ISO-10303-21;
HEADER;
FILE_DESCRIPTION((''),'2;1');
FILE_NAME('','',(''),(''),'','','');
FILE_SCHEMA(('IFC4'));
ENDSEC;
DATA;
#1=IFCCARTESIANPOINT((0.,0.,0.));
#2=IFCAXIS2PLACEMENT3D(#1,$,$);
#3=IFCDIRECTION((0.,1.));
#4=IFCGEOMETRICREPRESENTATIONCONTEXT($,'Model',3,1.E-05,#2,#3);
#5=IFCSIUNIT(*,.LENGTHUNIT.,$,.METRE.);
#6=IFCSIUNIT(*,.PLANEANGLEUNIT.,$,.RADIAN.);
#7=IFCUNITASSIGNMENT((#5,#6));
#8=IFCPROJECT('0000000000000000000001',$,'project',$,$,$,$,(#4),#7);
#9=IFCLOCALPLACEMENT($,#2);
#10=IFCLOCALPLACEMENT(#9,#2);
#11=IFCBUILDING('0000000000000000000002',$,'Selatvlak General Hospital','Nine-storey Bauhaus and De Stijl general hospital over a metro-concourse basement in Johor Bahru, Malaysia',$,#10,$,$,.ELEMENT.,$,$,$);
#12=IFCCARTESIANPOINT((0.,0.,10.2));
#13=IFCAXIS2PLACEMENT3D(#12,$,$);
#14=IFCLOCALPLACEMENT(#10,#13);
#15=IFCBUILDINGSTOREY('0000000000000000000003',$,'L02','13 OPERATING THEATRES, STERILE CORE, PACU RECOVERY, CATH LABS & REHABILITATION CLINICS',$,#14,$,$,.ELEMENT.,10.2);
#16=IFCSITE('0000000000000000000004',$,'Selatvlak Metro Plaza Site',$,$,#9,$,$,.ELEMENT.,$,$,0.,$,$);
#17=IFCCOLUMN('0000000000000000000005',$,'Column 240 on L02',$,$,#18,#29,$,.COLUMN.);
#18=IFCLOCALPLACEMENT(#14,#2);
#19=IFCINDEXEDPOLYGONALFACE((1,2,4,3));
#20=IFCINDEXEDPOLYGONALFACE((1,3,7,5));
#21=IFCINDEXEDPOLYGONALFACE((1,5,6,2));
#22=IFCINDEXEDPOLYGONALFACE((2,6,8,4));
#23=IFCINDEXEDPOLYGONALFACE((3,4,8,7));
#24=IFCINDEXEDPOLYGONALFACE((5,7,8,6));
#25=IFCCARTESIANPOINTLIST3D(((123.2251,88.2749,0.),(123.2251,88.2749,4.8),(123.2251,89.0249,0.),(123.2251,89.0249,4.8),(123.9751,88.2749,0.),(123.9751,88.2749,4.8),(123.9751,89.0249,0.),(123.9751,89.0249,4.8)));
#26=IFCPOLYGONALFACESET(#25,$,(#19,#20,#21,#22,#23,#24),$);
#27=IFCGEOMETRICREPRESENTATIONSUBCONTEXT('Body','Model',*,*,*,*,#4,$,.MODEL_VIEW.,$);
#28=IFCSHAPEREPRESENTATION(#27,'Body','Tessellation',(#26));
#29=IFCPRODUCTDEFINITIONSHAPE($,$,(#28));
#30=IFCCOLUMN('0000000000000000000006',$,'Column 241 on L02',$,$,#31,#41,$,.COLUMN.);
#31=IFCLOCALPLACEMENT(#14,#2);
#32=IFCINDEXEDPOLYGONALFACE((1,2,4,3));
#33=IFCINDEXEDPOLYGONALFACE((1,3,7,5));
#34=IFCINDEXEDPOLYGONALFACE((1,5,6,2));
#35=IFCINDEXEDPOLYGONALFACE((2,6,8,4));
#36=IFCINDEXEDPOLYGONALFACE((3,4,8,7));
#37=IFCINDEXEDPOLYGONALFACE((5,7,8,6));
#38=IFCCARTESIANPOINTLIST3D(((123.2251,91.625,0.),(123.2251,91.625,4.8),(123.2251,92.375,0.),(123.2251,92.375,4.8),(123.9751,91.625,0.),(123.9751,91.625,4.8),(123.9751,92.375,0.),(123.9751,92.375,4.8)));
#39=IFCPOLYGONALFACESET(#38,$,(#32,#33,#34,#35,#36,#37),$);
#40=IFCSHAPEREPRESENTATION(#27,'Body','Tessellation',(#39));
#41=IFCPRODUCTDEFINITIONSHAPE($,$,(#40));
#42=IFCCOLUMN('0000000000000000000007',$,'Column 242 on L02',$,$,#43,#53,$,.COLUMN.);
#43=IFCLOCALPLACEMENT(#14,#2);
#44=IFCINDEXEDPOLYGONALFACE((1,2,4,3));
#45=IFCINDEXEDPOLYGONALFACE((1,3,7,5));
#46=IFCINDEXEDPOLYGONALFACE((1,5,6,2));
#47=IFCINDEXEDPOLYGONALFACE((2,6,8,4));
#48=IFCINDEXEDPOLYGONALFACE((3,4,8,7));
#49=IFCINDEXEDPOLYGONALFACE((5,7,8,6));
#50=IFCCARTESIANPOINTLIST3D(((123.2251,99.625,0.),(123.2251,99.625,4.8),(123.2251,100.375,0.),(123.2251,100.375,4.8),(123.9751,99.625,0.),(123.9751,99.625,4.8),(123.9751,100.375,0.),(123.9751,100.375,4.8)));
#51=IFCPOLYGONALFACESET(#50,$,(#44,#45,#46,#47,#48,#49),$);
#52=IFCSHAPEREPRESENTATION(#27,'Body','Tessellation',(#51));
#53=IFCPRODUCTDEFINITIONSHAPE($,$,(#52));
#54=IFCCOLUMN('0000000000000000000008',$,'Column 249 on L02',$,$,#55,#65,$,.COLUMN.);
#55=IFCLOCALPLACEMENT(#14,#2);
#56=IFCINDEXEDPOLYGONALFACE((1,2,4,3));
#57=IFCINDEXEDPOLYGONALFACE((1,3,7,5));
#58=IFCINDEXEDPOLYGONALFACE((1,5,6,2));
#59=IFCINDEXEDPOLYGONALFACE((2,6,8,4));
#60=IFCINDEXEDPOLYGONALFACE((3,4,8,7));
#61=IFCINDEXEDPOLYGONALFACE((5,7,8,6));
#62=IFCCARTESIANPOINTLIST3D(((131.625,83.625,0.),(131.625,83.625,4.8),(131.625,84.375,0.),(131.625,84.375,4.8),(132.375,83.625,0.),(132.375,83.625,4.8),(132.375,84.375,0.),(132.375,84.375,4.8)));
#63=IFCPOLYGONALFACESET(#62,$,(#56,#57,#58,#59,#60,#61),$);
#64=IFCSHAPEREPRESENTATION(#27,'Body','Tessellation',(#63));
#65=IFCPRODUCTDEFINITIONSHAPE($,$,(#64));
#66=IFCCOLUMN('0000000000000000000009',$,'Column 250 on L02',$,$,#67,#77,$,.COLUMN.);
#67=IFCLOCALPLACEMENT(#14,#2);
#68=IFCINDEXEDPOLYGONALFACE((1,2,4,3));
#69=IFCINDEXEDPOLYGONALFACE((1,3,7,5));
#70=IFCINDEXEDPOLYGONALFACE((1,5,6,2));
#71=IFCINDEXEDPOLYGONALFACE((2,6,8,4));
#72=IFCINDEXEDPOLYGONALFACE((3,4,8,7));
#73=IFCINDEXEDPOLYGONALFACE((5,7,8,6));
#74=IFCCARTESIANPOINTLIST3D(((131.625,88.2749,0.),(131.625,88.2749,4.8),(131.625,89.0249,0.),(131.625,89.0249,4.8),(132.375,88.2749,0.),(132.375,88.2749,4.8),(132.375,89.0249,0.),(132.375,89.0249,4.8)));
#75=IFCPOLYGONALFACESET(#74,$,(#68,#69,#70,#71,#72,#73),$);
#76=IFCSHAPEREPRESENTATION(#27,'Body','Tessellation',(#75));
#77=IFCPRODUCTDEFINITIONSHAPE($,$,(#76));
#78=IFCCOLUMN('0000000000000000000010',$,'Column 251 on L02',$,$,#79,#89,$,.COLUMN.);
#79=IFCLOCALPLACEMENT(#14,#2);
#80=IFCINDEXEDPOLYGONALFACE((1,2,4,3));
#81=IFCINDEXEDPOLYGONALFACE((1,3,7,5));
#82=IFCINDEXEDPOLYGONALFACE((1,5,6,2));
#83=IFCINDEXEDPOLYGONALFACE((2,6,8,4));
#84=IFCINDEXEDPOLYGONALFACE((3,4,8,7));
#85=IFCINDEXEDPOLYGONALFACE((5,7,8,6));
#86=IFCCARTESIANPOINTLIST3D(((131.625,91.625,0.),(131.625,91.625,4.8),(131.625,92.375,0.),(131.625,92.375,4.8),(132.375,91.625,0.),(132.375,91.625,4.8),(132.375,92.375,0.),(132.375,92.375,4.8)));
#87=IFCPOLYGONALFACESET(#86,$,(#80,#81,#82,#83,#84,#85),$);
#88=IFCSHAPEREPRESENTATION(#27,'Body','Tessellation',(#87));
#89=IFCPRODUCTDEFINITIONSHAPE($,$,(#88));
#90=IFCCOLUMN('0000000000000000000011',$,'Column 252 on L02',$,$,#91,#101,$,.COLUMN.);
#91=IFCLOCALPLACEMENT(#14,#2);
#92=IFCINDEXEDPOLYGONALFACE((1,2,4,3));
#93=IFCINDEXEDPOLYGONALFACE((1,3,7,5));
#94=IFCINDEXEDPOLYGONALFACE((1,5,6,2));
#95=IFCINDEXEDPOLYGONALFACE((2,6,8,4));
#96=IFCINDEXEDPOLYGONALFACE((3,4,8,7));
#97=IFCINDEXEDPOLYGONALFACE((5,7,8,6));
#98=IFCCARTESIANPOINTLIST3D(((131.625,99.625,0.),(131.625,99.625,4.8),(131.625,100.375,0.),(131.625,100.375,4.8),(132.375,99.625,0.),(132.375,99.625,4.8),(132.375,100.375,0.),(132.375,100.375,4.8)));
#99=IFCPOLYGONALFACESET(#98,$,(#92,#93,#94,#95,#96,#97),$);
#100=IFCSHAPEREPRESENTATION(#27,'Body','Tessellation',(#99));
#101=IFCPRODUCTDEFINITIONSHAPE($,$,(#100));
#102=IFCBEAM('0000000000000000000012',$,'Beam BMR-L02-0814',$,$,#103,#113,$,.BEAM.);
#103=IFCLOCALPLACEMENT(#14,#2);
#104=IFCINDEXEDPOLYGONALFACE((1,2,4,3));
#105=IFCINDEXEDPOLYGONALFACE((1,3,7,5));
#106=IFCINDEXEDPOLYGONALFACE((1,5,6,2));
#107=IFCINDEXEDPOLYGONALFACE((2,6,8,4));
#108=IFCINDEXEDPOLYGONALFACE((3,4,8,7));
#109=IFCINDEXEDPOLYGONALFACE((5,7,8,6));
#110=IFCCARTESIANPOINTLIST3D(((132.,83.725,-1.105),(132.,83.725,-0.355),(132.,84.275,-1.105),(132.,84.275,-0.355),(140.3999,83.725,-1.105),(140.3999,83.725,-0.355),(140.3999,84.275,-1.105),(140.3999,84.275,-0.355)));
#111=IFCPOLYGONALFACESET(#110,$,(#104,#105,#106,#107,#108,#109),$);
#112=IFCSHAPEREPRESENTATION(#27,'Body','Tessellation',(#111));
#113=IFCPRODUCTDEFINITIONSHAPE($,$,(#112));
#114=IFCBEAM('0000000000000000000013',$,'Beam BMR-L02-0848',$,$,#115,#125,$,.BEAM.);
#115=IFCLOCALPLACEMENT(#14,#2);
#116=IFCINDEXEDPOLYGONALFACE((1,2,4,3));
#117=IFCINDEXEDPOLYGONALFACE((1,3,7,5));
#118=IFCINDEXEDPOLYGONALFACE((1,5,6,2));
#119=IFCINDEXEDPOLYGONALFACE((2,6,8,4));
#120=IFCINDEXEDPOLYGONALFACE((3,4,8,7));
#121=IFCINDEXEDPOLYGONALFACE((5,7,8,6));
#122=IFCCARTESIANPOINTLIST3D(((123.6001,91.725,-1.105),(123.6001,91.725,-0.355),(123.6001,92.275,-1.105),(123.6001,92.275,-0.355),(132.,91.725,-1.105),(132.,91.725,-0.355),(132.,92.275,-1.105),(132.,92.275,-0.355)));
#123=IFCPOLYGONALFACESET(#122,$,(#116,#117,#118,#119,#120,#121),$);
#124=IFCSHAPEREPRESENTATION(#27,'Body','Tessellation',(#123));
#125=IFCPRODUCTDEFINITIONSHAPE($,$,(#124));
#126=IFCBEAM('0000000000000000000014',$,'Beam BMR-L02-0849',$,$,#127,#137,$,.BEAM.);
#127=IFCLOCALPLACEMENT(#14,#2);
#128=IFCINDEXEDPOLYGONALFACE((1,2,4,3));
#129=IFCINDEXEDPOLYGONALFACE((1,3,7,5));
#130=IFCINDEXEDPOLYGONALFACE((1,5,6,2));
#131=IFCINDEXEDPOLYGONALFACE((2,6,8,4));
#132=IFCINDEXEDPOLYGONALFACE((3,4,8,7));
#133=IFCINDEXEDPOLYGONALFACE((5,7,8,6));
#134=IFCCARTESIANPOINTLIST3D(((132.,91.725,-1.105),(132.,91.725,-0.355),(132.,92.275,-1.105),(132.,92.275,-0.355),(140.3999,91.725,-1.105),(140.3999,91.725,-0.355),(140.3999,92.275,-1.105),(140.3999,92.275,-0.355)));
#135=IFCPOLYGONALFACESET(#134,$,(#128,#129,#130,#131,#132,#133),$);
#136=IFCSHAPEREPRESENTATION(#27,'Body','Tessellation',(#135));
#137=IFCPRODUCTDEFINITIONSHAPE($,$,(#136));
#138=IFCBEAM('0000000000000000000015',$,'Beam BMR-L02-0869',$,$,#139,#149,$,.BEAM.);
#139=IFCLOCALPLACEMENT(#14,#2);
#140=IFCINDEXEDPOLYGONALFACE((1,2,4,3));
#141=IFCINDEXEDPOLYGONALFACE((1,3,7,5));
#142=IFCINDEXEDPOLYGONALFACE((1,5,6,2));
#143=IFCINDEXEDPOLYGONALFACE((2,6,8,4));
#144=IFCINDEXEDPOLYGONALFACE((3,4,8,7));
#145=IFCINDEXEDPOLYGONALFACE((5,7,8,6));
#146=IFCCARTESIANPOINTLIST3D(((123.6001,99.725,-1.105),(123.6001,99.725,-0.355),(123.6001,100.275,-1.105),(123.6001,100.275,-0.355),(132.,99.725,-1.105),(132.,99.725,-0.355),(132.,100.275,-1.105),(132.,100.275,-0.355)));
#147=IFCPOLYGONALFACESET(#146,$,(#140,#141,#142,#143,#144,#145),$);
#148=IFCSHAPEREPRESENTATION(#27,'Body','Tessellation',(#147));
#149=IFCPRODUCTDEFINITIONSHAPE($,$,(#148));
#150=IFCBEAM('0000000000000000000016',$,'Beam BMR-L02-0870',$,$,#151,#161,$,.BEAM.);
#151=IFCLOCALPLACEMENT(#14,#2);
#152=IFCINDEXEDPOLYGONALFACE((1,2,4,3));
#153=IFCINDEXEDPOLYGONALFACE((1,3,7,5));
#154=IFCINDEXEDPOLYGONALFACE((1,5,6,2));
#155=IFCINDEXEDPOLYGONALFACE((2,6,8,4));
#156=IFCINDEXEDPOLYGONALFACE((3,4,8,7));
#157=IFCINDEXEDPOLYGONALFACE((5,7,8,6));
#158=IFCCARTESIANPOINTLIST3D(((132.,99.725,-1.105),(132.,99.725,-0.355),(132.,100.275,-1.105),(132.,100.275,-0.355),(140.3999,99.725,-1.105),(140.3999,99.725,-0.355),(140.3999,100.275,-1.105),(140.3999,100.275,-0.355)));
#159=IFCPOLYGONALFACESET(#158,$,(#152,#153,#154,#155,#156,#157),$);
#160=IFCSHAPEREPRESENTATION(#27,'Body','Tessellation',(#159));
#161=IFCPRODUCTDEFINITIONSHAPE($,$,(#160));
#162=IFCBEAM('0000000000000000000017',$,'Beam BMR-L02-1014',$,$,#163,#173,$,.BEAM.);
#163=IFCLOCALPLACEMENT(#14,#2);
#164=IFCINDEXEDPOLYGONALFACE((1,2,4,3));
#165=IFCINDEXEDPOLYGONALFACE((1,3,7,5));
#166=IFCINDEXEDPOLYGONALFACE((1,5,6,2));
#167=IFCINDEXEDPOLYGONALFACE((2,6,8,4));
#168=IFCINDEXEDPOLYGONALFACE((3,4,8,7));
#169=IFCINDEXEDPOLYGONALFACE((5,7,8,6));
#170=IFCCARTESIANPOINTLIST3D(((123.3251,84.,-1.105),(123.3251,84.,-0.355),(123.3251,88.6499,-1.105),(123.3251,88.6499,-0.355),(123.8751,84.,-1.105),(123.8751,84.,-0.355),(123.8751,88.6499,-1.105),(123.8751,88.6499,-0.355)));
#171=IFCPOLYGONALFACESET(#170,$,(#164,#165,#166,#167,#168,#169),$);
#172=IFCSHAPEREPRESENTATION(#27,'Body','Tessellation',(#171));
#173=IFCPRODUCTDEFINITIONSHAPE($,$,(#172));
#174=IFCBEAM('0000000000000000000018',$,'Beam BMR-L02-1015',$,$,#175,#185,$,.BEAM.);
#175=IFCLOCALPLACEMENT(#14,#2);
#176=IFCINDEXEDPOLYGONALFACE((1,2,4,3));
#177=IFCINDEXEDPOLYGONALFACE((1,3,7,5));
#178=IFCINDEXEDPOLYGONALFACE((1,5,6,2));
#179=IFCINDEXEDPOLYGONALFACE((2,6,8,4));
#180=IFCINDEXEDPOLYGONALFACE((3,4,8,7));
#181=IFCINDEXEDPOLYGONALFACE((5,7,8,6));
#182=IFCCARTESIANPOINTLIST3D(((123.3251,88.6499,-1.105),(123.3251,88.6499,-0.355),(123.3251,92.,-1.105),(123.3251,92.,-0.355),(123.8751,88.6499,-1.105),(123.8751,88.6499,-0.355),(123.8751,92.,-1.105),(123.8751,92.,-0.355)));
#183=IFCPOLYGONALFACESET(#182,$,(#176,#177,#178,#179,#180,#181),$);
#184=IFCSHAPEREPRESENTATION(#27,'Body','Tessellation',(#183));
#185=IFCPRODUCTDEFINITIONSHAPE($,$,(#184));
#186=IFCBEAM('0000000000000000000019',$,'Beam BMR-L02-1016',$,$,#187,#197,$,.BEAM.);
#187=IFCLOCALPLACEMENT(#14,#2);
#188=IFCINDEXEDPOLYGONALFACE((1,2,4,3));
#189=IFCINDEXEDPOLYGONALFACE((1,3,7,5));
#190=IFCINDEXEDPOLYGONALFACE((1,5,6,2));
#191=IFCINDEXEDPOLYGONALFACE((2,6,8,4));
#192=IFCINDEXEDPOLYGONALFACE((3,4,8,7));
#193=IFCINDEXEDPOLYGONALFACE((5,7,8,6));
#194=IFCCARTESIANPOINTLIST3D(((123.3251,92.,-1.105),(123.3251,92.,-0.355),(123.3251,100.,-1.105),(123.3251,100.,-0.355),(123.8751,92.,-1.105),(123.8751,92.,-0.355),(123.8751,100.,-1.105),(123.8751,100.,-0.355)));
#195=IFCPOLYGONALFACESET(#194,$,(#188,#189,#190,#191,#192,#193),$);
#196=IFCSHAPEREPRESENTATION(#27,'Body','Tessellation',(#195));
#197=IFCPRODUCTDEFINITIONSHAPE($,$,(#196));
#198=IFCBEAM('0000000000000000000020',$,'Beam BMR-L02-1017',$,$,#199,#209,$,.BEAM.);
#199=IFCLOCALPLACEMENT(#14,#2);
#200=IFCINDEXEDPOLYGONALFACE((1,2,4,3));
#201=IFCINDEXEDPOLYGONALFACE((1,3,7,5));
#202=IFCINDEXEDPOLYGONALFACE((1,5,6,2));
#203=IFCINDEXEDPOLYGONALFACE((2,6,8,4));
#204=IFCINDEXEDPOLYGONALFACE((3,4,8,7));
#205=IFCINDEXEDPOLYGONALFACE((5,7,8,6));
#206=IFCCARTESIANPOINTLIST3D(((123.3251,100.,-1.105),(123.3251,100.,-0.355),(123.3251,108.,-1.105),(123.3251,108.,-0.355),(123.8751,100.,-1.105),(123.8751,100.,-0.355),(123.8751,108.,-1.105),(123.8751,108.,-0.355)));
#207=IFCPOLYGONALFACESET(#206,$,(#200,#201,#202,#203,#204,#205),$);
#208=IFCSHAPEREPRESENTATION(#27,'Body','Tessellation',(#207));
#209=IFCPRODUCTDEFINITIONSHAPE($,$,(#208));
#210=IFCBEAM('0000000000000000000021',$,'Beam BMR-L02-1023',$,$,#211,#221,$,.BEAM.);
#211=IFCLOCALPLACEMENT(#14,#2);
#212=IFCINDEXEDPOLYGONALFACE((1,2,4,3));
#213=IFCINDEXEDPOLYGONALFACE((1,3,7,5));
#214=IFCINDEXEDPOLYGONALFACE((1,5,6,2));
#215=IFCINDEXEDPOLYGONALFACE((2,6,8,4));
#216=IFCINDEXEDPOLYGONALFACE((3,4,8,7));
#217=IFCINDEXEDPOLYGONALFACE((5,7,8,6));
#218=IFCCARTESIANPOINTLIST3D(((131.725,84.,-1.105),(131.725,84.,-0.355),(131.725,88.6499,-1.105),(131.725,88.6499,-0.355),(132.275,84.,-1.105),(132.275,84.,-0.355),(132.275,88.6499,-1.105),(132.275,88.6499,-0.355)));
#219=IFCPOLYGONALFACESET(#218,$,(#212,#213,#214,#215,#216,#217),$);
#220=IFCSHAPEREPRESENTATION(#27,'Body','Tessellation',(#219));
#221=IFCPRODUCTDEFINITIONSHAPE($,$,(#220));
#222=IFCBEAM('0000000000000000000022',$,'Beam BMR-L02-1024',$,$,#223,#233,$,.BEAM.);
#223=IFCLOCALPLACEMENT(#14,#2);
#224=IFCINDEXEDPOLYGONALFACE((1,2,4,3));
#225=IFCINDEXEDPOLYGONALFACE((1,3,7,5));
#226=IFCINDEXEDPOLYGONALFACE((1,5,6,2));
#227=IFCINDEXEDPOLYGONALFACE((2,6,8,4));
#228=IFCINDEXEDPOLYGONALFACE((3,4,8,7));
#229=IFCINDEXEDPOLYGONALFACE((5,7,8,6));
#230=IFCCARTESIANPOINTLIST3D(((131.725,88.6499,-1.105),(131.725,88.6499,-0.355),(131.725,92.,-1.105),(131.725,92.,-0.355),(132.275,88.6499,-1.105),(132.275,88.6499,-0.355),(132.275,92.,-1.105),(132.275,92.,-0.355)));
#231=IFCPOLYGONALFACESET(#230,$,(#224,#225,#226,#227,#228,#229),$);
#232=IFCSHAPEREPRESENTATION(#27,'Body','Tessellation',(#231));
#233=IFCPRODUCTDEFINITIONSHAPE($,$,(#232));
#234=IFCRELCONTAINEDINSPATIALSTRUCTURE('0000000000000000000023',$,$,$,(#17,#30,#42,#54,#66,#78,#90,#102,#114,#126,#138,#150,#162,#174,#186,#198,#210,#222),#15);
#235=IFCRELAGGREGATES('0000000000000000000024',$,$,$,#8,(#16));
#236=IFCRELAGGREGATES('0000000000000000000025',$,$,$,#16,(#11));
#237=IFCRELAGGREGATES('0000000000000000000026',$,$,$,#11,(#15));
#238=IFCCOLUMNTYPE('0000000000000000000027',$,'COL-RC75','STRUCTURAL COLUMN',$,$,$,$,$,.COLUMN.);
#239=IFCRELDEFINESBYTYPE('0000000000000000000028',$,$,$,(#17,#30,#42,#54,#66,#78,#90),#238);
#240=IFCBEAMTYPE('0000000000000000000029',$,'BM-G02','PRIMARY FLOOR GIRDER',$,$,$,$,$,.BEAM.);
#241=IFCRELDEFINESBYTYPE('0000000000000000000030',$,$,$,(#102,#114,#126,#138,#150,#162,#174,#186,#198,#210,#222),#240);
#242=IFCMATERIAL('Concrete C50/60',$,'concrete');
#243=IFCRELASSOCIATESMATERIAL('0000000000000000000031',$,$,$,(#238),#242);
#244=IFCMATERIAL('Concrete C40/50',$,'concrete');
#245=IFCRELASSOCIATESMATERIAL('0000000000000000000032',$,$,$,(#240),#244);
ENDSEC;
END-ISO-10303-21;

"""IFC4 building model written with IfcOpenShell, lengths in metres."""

from ifc_helpers import new_model, si_unit, direction, frame, origin, origin_2d, place, context, subcontext, project, spatial, rectangle, extrude, material, material_profile, profile_set, type_object, element, save


model = new_model("IFC4")

# Units and contexts
model_context = context("Model", 3, precision=1e-05, world=origin(), true_north=direction((0.0, 1.0)))
body_context = subcontext(model_context, "Body", "Model", "MODEL_VIEW")
ifc_project = project(units=[si_unit("LENGTHUNIT", "METRE"), si_unit("PLANEANGLEUNIT", "RADIAN")], contexts=[model_context])

# Site, building, storey
site_placement = place(None, origin())
site = spatial("IfcSite", under=ifc_project, at=site_placement, Name="Selatvlak Metro Plaza Site", CompositionType="ELEMENT", RefElevation=0.0)
building_placement = place(site_placement, origin())
building = spatial("IfcBuilding", under=site, at=building_placement, Name="Selatvlak General Hospital", Description="Nine-storey Bauhaus and De Stijl general hospital over a metro-concourse basement in Johor Bahru, Malaysia", CompositionType="ELEMENT")
storey_placement = place(building_placement, frame((0.0, 0.0, 10.2)))
storey = spatial("IfcBuildingStorey", under=building, at=storey_placement, Name="L02", Description="13 OPERATING THEATRES, STERILE CORE, PACU RECOVERY, CATH LABS & REHABILITATION CLINICS", CompositionType="ELEMENT", Elevation=10.2)

# Columns
ifc_material_1 = material(Name="Concrete C50/60", Category="concrete")
ifc_material_profile_1 = material_profile(ifc_material_1, rectangle(XDim=0.75, YDim=0.75, at=origin_2d()), Name="RC-COL 750x750")
ifc_profile_set_1 = profile_set([ifc_material_profile_1], Name="Concrete C50/60")
column_type = type_object("IfcColumnType", Name="COL-RC75", Description="STRUCTURAL COLUMN", PredefinedType="COLUMN", material=ifc_profile_set_1)
for number, where, z_axis, x_axis, name in (
    (1, (123.6001, 88.6499, 0.0), (0.0, 0.0, 1.0), (1.0, 0.0, 0.0), "Column 240 on L02"),
    (2, (123.6001, 92.0, 0.0), (0.0, 0.0, 1.0), (1.0, 0.0, 0.0), "Column 241 on L02"),
    (3, (123.6001, 100.0, 0.0), (0.0, 0.0, 1.0), (1.0, 0.0, 0.0), "Column 242 on L02"),
    (4, (132.0, 84.0, 0.0), (0.0, 0.0, 1.0), (1.0, 0.0, 0.0), "Column 249 on L02"),
    (5, (132.0, 88.6499, 0.0), (0.0, 0.0, 1.0), (1.0, 0.0, 0.0), "Column 250 on L02"),
    (6, (132.0, 92.0, 0.0), (0.0, 0.0, 1.0), (1.0, 0.0, 0.0), "Column 251 on L02"),
    (7, (132.0, 100.0, 0.0), (0.0, 0.0, 1.0), (1.0, 0.0, 0.0), "Column 252 on L02"),
):
    element("IfcColumn", number, at=place(storey_placement, frame(where, z_axis=z_axis, x_axis=x_axis)), inside=storey, type_object=column_type, Name=name, PredefinedType="COLUMN", context=body_context, shape_type="SweptSolid", body=[
        extrude(rectangle(XDim=0.75, YDim=0.75, at=origin_2d()), origin(), (0.0, 0.0, 1.0), 4.8),
    ])

# Beams
ifc_material_2 = material(Name="Concrete C40/50", Category="concrete")
ifc_material_profile_2 = material_profile(ifc_material_2, rectangle(XDim=0.55, YDim=0.75, at=origin_2d()), Name="RC-BM 550x750")
ifc_profile_set_2 = profile_set([ifc_material_profile_2], Name="Concrete C40/50")
beam_type_1 = type_object("IfcBeamType", Name="BM-G02", Description="PRIMARY FLOOR GIRDER", PredefinedType="BEAM", material=ifc_profile_set_2)
for number, where, z_axis, x_axis, name in (
    (8, (132.0, 84.0, -0.73), (1.0, 0.0, 0.0), (0.0, 1.0, 0.0), "Beam BMR-L02-0814"),
    (9, (123.6001, 92.0, -0.73), (1.0, 0.0, 0.0), (0.0, 1.0, 0.0), "Beam BMR-L02-0848"),
    (10, (132.0, 92.0, -0.73), (1.0, 0.0, 0.0), (0.0, 1.0, 0.0), "Beam BMR-L02-0849"),
    (11, (123.6001, 100.0, -0.73), (1.0, 0.0, 0.0), (0.0, 1.0, 0.0), "Beam BMR-L02-0869"),
    (12, (132.0, 100.0, -0.73), (1.0, 0.0, 0.0), (0.0, 1.0, 0.0), "Beam BMR-L02-0870"),
):
    element("IfcBeam", number, at=place(storey_placement, frame(where, z_axis=z_axis, x_axis=x_axis)), inside=storey, type_object=beam_type_1, Name=name, PredefinedType="BEAM", context=body_context, shape_type="SweptSolid", body=[
        extrude(rectangle(XDim=0.55, YDim=0.75, at=origin_2d()), origin(), (0.0, 0.0, 1.0), 8.3999),
    ])
beam_1_placement = place(storey_placement, frame((123.6001, 84.0, -0.73), z_axis=(0.0, 1.0, 0.0), x_axis=(-1.0, 0.0, 0.0)))
element("IfcBeam", 13, at=beam_1_placement, inside=storey, type_object=beam_type_1, Name="Beam BMR-L02-1014", PredefinedType="BEAM", context=body_context, shape_type="SweptSolid", body=[
    extrude(rectangle(XDim=0.55, YDim=0.75, at=origin_2d()), origin(), (0.0, 0.0, 1.0), 4.6499),
])
beam_2_placement = place(storey_placement, frame((123.6001, 88.6499, -0.73), z_axis=(0.0, 1.0, 0.0), x_axis=(-1.0, 0.0, 0.0)))
element("IfcBeam", 14, at=beam_2_placement, inside=storey, type_object=beam_type_1, Name="Beam BMR-L02-1015", PredefinedType="BEAM", context=body_context, shape_type="SweptSolid", body=[
    extrude(rectangle(XDim=0.55, YDim=0.75, at=origin_2d()), origin(), (0.0, 0.0, 1.0), 3.3501),
])
for number, where, z_axis, x_axis, name in (
    (15, (123.6001, 92.0, -0.73), (0.0, 1.0, 0.0), (-1.0, 0.0, 0.0), "Beam BMR-L02-1016"),
    (16, (123.6001, 100.0, -0.73), (0.0, 1.0, 0.0), (-1.0, 0.0, 0.0), "Beam BMR-L02-1017"),
):
    element("IfcBeam", number, at=place(storey_placement, frame(where, z_axis=z_axis, x_axis=x_axis)), inside=storey, type_object=beam_type_1, Name=name, PredefinedType="BEAM", context=body_context, shape_type="SweptSolid", body=[
        extrude(rectangle(XDim=0.55, YDim=0.75, at=origin_2d()), origin(), (0.0, 0.0, 1.0), 8.0),
    ])
beam_3_placement = place(storey_placement, frame((132.0, 84.0, -0.73), z_axis=(0.0, 1.0, 0.0), x_axis=(-1.0, 0.0, 0.0)))
element("IfcBeam", 17, at=beam_3_placement, inside=storey, type_object=beam_type_1, Name="Beam BMR-L02-1023", PredefinedType="BEAM", context=body_context, shape_type="SweptSolid", body=[
    extrude(rectangle(XDim=0.55, YDim=0.75, at=origin_2d()), origin(), (0.0, 0.0, 1.0), 4.6499),
])
beam_4_placement = place(storey_placement, frame((132.0, 88.6499, -0.73), z_axis=(0.0, 1.0, 0.0), x_axis=(-1.0, 0.0, 0.0)))
element("IfcBeam", 18, at=beam_4_placement, inside=storey, type_object=beam_type_1, Name="Beam BMR-L02-1024", PredefinedType="BEAM", context=body_context, shape_type="SweptSolid", body=[
    extrude(rectangle(XDim=0.55, YDim=0.75, at=origin_2d()), origin(), (0.0, 0.0, 1.0), 3.3501),
])

save(model, "model.ifc")
